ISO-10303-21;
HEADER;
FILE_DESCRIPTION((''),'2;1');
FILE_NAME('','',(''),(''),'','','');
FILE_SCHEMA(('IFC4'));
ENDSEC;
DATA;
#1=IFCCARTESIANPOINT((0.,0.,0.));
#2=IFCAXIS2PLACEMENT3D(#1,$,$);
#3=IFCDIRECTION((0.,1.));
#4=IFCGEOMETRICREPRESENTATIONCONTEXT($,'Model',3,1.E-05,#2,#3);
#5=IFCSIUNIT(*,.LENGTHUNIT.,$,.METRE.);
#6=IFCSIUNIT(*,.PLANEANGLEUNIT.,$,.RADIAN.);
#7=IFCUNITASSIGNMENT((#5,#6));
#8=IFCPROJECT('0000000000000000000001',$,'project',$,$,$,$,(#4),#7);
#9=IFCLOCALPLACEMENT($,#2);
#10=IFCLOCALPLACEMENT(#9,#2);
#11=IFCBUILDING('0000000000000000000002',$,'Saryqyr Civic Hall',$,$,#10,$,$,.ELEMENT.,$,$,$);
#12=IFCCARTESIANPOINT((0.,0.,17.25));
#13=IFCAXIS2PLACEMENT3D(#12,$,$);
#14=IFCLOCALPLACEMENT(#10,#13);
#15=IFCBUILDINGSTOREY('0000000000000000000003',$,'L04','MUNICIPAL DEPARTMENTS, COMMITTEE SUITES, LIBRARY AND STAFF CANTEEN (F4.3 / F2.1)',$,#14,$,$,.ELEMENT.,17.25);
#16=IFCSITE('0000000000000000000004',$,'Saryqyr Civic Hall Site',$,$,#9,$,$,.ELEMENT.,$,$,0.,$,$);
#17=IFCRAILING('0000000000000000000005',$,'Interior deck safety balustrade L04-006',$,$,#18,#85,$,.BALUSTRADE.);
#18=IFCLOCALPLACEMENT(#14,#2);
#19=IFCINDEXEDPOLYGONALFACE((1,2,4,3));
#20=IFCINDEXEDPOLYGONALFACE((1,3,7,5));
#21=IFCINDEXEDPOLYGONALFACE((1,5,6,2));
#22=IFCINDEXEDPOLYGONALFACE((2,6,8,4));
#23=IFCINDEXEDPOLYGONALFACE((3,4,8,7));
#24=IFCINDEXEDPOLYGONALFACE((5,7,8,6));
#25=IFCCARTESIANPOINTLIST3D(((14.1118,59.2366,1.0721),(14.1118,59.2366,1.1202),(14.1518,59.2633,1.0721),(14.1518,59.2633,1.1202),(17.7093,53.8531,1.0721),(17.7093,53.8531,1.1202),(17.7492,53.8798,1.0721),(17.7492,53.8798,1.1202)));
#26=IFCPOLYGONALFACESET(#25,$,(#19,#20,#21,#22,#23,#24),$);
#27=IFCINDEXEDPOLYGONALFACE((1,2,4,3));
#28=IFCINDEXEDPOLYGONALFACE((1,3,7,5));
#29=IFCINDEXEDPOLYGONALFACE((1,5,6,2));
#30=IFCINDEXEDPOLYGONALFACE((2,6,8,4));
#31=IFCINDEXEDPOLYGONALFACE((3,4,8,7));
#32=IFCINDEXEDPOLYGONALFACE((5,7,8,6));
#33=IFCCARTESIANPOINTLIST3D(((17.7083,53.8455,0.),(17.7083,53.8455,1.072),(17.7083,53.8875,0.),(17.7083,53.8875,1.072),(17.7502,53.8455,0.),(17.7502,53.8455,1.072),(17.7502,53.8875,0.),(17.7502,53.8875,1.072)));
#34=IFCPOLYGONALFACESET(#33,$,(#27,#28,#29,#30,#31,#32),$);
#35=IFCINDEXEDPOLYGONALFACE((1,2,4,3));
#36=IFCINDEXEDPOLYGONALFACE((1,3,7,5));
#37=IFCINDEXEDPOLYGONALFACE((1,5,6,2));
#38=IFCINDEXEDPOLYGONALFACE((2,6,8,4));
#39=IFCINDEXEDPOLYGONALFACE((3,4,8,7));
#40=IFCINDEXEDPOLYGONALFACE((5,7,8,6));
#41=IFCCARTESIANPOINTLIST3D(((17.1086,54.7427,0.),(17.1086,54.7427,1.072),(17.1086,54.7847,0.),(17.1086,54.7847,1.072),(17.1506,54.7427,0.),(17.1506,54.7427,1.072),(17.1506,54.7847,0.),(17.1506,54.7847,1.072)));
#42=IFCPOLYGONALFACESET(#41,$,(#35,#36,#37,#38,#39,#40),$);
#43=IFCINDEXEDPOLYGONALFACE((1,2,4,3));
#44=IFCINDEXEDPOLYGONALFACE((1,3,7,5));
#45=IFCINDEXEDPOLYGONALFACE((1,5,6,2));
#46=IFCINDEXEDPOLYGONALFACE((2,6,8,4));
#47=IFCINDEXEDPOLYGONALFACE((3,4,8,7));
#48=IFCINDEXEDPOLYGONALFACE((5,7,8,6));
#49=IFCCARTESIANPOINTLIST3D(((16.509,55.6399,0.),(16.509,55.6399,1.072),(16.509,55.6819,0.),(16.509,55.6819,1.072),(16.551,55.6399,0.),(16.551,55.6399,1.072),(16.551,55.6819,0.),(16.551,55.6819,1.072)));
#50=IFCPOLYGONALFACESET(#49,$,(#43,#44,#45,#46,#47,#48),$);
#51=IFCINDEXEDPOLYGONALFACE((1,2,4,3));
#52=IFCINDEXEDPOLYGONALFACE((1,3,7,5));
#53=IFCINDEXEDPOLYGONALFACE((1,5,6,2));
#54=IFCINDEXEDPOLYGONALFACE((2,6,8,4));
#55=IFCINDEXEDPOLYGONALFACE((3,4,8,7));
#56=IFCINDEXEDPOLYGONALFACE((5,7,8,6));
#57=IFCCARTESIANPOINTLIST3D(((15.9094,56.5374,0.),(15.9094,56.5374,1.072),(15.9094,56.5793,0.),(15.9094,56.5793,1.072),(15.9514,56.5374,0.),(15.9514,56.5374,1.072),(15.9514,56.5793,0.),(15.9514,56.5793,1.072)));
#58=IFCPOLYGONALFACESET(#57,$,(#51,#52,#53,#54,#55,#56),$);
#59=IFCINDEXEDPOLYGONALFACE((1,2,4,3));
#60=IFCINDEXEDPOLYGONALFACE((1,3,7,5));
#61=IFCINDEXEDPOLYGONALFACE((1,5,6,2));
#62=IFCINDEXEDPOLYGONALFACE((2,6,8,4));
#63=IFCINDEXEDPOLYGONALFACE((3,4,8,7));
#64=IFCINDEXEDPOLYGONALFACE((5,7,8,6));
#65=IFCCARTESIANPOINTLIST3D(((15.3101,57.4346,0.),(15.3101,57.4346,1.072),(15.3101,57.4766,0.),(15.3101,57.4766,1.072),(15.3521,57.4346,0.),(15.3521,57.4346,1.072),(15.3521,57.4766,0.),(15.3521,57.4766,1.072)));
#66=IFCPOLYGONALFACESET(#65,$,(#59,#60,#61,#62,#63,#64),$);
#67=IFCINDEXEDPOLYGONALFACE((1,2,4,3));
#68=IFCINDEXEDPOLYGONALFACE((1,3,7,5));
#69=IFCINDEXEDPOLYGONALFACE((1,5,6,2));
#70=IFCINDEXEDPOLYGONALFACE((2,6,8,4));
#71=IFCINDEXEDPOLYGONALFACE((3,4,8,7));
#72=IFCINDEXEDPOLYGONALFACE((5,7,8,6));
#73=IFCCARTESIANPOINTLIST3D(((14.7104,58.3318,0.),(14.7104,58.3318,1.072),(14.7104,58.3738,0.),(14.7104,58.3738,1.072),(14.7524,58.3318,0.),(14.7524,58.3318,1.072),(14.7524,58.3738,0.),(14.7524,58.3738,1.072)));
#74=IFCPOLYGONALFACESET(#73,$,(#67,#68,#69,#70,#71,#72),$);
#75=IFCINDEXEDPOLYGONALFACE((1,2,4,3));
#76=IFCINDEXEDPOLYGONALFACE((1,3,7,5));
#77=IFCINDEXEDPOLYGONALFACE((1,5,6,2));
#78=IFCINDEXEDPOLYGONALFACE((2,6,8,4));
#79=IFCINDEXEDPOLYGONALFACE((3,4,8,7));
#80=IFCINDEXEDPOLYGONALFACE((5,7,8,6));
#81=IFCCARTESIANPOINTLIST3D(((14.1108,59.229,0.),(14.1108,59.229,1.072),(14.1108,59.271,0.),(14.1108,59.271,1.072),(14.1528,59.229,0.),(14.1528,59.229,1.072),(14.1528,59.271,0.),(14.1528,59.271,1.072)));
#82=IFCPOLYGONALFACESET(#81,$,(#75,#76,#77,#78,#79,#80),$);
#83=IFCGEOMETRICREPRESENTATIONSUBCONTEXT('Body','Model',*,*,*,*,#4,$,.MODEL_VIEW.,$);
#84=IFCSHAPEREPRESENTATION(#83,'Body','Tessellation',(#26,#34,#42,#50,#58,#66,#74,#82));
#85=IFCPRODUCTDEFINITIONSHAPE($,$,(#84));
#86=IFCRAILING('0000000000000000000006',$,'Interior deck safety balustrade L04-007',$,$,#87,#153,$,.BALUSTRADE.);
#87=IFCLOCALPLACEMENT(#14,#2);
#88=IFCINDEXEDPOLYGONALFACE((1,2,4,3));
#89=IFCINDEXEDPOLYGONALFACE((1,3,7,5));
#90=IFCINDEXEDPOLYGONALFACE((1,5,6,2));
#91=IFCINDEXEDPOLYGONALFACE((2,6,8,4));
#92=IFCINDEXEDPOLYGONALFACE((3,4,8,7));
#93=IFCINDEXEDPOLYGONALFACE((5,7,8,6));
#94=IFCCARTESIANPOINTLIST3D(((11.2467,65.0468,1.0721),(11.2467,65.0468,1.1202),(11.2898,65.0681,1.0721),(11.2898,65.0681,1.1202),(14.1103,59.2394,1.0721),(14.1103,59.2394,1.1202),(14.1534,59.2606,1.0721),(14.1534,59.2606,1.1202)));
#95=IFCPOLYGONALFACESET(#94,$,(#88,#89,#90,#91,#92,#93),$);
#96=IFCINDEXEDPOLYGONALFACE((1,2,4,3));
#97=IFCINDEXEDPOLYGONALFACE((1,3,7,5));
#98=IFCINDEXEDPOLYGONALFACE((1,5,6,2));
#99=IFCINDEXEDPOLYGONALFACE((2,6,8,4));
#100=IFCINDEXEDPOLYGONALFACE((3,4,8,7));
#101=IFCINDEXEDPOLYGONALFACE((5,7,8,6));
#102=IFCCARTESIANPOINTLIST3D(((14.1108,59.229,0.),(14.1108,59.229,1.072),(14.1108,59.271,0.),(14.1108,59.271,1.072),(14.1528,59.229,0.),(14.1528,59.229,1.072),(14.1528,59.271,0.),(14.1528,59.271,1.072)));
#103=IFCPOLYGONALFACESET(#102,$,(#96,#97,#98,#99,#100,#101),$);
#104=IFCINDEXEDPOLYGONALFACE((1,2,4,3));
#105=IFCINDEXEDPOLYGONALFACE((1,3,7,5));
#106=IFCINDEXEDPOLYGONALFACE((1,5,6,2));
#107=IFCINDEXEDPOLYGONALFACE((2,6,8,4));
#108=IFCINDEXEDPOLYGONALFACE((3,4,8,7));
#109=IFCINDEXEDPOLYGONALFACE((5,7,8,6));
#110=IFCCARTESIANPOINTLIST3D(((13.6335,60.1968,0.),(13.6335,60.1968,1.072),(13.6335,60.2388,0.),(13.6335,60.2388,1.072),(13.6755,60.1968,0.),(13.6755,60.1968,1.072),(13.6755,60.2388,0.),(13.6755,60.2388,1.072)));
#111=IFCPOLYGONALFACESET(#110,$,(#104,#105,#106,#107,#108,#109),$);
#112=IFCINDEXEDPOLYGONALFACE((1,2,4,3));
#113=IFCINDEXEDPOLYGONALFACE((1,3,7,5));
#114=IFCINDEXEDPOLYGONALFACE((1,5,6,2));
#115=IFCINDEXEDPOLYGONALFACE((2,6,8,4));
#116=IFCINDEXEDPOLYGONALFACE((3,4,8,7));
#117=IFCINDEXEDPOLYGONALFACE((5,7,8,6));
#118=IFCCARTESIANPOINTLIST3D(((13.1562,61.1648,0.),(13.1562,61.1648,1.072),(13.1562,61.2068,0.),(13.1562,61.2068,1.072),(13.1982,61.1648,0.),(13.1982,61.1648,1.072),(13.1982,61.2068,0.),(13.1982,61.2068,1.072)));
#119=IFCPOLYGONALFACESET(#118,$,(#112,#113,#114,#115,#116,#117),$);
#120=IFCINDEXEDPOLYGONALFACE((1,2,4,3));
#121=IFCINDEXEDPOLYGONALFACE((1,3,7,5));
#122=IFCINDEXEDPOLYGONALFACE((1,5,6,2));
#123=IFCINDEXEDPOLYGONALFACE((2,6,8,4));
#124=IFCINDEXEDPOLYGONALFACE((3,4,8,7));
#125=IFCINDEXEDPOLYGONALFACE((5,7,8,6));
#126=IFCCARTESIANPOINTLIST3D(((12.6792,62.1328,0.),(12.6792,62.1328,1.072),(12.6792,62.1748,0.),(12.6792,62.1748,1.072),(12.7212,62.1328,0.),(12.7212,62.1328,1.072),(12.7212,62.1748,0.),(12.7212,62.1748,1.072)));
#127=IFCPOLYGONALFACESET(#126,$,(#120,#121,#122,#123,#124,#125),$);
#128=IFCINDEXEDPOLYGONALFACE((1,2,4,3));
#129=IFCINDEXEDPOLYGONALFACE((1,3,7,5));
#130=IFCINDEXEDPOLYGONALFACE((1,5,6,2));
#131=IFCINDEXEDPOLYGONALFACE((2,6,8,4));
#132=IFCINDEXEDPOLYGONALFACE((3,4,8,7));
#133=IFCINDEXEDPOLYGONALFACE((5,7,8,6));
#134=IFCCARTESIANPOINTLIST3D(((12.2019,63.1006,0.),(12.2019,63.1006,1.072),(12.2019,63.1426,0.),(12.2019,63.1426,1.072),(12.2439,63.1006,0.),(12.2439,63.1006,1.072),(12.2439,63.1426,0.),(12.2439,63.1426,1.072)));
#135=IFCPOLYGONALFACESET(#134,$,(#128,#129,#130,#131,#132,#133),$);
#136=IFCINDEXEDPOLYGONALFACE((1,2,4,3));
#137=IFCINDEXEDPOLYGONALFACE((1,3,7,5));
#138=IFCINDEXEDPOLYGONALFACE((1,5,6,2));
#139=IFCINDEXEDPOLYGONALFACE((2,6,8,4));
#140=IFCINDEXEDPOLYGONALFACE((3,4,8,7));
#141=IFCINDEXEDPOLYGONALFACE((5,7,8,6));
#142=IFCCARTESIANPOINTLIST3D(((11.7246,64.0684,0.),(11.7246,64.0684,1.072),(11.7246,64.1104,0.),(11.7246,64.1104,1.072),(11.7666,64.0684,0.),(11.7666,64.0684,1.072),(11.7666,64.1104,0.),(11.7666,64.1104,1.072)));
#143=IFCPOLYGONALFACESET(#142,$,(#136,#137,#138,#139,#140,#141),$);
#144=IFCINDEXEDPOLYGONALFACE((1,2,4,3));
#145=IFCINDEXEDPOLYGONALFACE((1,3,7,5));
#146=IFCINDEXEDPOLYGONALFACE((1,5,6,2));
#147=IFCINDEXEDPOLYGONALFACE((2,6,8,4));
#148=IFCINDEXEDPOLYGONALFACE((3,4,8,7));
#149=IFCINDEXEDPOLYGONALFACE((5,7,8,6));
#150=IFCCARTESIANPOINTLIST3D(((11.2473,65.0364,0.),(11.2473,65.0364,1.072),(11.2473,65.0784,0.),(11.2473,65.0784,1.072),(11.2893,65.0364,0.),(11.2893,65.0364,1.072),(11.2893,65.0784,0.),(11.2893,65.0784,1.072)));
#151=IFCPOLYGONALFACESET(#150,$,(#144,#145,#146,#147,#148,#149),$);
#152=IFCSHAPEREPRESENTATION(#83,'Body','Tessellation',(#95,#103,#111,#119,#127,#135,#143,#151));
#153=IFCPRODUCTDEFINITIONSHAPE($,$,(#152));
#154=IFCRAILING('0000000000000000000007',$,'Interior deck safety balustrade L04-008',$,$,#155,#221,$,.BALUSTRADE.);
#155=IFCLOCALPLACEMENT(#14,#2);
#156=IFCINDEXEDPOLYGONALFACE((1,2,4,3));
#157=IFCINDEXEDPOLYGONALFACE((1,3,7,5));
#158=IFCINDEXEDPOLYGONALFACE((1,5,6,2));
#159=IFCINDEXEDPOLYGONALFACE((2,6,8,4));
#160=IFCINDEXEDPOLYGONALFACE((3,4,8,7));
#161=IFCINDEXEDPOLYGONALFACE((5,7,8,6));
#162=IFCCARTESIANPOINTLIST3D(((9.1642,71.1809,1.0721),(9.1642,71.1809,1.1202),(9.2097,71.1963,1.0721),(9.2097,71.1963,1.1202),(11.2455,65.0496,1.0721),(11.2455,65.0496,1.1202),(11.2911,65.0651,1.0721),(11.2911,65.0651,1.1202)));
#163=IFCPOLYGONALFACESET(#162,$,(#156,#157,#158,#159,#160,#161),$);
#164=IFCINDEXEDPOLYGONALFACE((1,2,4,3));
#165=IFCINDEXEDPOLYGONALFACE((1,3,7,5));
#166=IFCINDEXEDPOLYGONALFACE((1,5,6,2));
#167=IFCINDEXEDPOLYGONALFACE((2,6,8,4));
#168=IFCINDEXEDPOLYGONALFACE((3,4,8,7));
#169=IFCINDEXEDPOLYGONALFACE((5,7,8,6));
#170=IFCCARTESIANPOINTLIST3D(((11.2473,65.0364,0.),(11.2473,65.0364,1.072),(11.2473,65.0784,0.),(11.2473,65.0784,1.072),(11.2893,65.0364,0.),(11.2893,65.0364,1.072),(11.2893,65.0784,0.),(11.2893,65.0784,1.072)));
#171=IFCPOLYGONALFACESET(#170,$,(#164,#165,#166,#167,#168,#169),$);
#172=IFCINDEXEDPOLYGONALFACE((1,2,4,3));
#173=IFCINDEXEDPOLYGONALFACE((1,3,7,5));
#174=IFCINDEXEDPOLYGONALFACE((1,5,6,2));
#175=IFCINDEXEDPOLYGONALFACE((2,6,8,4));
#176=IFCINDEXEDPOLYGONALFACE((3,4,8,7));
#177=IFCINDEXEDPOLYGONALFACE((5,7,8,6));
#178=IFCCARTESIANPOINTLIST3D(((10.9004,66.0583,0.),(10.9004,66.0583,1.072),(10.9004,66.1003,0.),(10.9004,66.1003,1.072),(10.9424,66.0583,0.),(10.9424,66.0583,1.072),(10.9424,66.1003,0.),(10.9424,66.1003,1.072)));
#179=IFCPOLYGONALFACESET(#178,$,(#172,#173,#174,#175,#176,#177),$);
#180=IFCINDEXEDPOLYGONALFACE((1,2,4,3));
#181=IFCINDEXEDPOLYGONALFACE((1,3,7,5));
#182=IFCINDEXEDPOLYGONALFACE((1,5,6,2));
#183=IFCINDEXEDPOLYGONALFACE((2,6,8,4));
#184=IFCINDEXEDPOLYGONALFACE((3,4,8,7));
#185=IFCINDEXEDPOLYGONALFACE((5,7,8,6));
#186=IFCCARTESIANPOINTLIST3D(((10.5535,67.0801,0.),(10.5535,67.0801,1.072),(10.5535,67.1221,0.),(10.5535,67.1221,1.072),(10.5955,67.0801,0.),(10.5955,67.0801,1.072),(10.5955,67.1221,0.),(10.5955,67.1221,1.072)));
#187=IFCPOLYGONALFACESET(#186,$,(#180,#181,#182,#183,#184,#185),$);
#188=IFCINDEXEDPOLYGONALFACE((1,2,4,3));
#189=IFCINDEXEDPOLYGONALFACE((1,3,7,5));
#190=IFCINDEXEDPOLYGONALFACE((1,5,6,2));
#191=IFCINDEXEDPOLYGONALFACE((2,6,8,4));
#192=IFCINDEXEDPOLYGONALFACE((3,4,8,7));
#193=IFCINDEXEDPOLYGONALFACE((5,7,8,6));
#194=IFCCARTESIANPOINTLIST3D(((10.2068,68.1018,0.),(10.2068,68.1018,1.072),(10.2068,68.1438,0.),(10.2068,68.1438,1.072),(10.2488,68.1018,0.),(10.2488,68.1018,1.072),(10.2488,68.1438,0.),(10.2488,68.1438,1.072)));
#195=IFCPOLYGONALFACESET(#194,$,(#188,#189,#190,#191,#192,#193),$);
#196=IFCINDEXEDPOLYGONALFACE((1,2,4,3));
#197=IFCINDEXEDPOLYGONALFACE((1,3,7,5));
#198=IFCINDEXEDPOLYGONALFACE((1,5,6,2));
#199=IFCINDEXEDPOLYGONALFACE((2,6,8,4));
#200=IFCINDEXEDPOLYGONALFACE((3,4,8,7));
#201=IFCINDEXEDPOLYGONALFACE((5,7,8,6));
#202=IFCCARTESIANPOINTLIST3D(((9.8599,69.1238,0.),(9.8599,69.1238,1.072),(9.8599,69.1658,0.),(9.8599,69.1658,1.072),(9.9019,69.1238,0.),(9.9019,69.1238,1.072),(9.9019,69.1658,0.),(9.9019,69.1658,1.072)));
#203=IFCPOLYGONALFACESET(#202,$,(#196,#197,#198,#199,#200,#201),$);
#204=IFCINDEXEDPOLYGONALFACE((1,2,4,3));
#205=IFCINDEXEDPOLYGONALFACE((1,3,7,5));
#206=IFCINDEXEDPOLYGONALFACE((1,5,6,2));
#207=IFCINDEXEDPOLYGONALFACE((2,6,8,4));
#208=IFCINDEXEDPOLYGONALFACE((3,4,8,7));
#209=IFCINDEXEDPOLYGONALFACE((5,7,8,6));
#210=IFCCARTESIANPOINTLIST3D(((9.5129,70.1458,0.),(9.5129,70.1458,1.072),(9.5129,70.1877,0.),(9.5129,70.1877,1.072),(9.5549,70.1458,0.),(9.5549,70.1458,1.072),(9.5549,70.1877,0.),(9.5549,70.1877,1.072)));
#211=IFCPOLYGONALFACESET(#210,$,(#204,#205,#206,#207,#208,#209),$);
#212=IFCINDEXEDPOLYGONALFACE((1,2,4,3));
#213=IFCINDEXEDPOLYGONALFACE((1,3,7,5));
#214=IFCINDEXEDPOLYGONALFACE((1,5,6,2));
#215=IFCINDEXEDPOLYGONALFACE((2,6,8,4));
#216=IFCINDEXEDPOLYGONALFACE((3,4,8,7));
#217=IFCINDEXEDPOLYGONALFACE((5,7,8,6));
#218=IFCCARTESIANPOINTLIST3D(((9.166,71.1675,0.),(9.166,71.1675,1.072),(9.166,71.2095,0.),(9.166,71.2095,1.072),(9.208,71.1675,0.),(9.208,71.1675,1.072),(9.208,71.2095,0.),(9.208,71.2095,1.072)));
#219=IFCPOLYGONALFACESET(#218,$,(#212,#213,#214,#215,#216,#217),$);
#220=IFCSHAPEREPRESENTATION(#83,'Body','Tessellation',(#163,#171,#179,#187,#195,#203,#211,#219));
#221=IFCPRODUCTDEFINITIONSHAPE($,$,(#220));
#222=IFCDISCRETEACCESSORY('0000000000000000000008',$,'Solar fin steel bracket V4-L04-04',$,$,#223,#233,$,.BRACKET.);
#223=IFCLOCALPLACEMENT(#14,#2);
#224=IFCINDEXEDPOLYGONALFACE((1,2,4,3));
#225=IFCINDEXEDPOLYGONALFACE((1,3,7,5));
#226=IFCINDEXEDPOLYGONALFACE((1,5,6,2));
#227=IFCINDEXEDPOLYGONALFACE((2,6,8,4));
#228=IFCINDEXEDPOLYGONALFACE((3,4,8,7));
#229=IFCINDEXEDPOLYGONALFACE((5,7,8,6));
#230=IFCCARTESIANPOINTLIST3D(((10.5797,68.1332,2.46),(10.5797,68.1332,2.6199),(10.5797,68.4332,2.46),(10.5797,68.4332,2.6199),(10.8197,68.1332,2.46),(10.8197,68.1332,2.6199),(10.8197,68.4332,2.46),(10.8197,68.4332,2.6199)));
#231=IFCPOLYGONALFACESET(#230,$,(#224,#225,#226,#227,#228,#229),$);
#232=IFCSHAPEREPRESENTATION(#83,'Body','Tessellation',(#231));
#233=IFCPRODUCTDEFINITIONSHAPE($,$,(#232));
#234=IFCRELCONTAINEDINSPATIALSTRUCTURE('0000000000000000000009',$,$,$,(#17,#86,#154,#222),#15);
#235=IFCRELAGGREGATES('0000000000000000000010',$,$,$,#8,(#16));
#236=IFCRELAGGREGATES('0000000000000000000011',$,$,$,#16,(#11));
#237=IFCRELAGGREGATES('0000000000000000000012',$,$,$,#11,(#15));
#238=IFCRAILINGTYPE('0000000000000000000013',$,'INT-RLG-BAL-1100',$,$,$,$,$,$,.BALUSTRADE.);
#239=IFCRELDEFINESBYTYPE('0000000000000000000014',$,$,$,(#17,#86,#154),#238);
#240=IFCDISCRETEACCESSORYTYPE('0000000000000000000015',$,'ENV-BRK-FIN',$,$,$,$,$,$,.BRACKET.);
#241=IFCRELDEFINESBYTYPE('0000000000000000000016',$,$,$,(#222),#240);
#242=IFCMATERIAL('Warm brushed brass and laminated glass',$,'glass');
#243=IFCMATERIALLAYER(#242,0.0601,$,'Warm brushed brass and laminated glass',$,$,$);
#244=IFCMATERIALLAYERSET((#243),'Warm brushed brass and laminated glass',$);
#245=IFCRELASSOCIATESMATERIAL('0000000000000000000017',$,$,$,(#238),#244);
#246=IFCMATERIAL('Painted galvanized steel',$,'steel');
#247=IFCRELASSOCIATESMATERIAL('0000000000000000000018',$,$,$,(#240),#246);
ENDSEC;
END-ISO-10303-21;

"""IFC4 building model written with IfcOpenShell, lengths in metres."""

from ifc_helpers import new_model, si_unit, direction, frame, origin, origin_2d, place, context, subcontext, project, spatial, rectangle, extrude, material, layer, layer_set, type_object, element, save


model = new_model("IFC4")

# Units and contexts
model_context = context("Model", 3, precision=1e-05, world=origin(), true_north=direction((0.0, 1.0)))
body_context = subcontext(model_context, "Body", "Model", "MODEL_VIEW")
ifc_project = project(units=[si_unit("LENGTHUNIT", "METRE"), si_unit("PLANEANGLEUNIT", "RADIAN")], contexts=[model_context])

# Site, building, storey
site_placement = place(None, origin())
site = spatial("IfcSite", under=ifc_project, at=site_placement, Name="Saryqyr Civic Hall Site", CompositionType="ELEMENT", RefElevation=0.0)
building_placement = place(site_placement, origin())
building = spatial("IfcBuilding", under=site, at=building_placement, Name="Saryqyr Civic Hall", CompositionType="ELEMENT")
storey_placement = place(building_placement, frame((0.0, 0.0, 17.25)))
storey = spatial("IfcBuildingStorey", under=building, at=storey_placement, Name="L04", Description="MUNICIPAL DEPARTMENTS, COMMITTEE SUITES, LIBRARY AND STAFF CANTEEN (F4.3 / F2.1)", CompositionType="ELEMENT", Elevation=17.25)

# Railings
ifc_material_1 = material(Name="Warm brushed brass and laminated glass", Category="glass")
ifc_layer_1 = layer(ifc_material_1, 0.0601, Name="Warm brushed brass and laminated glass")
ifc_layer_set_1 = layer_set([ifc_layer_1], Name="Warm brushed brass and laminated glass")
railing_type = type_object("IfcRailingType", Name="INT-RLG-BAL-1100", PredefinedType="BALUSTRADE", material=ifc_layer_set_1)
railing_1_placement = place(storey_placement, frame((17.7292, 53.8665, 0.0)))
element("IfcRailing", 1, at=railing_1_placement, inside=storey, type_object=railing_type, Name="Interior deck safety balustrade L04-006", PredefinedType="BALUSTRADE", context=body_context, shape_type="SweptSolid", body=[
    extrude(rectangle(XDim=0.0481, YDim=0.0481, at=origin_2d()), frame((0.0, 0.0, 1.0962), z_axis=(-0.555596, 0.831452, 0.0), x_axis=(-0.831452, -0.555596, 0.0)), (0.0, 0.0, 1.0), 6.4749),
    extrude(rectangle(XDim=0.042, YDim=0.042, at=origin_2d()), origin(), (0.0, 0.0, 1.0), 1.072),
    extrude(rectangle(XDim=0.042, YDim=0.042, at=origin_2d()), frame((-0.5996, 0.8972, 0.0)), (0.0, 0.0, 1.0), 1.072),
    extrude(rectangle(XDim=0.042, YDim=0.042, at=origin_2d()), frame((-1.1992, 1.7944, 0.0)), (0.0, 0.0, 1.0), 1.072),
    extrude(rectangle(XDim=0.042, YDim=0.042, at=origin_2d()), frame((-1.7988, 2.6919, 0.0)), (0.0, 0.0, 1.0), 1.072),
    extrude(rectangle(XDim=0.042, YDim=0.042, at=origin_2d()), frame((-2.3982, 3.5891, 0.0)), (0.0, 0.0, 1.0), 1.072),
    extrude(rectangle(XDim=0.042, YDim=0.042, at=origin_2d()), frame((-2.9978, 4.4863, 0.0)), (0.0, 0.0, 1.0), 1.072),
    extrude(rectangle(XDim=0.042, YDim=0.042, at=origin_2d()), frame((-3.5974, 5.3835, 0.0)), (0.0, 0.0, 1.0), 1.072),
])
railing_2_placement = place(storey_placement, frame((14.1318, 59.25, 0.0)))
element("IfcRailing", 2, at=railing_2_placement, inside=storey, type_object=railing_type, Name="Interior deck safety balustrade L04-007", PredefinedType="BALUSTRADE", context=body_context, shape_type="SweptSolid", body=[
    extrude(rectangle(XDim=0.0481, YDim=0.0481, at=origin_2d()), frame((0.0, 0.0, 1.0962), z_axis=(-0.442245, 0.896894, 0.0), x_axis=(-0.896894, -0.442245, 0.0)), (0.0, 0.0, 1.0), 6.4751),
    extrude(rectangle(XDim=0.042, YDim=0.042, at=origin_2d()), origin(), (0.0, 0.0, 1.0), 1.072),
    extrude(rectangle(XDim=0.042, YDim=0.042, at=origin_2d()), frame((-0.4773, 0.9678, 0.0)), (0.0, 0.0, 1.0), 1.072),
    extrude(rectangle(XDim=0.042, YDim=0.042, at=origin_2d()), frame((-0.9546, 1.9358, 0.0)), (0.0, 0.0, 1.0), 1.072),
    extrude(rectangle(XDim=0.042, YDim=0.042, at=origin_2d()), frame((-1.4316, 2.9038, 0.0)), (0.0, 0.0, 1.0), 1.072),
    extrude(rectangle(XDim=0.042, YDim=0.042, at=origin_2d()), frame((-1.9089, 3.8716, 0.0)), (0.0, 0.0, 1.0), 1.072),
    extrude(rectangle(XDim=0.042, YDim=0.042, at=origin_2d()), frame((-2.3862, 4.8394, 0.0)), (0.0, 0.0, 1.0), 1.072),
    extrude(rectangle(XDim=0.042, YDim=0.042, at=origin_2d()), frame((-2.8635, 5.8074, 0.0)), (0.0, 0.0, 1.0), 1.072),
])
railing_3_placement = place(storey_placement, frame((11.2683, 65.0574, 0.0)))
element("IfcRailing", 3, at=railing_3_placement, inside=storey, type_object=railing_type, Name="Interior deck safety balustrade L04-008", PredefinedType="BALUSTRADE", context=body_context, shape_type="SweptSolid", body=[
    extrude(rectangle(XDim=0.0481, YDim=0.0481, at=origin_2d()), frame((0.0, 0.0, 1.0962), z_axis=(-0.321449, 0.946927, 0.0), x_axis=(-0.946927, -0.321449, 0.0)), (0.0, 0.0, 1.0), 6.4749),
    extrude(rectangle(XDim=0.042, YDim=0.042, at=origin_2d()), origin(), (0.0, 0.0, 1.0), 1.072),
    extrude(rectangle(XDim=0.042, YDim=0.042, at=origin_2d()), frame((-0.3469, 1.022, 0.0)), (0.0, 0.0, 1.0), 1.072),
    extrude(rectangle(XDim=0.042, YDim=0.042, at=origin_2d()), frame((-0.6938, 2.0437, 0.0)), (0.0, 0.0, 1.0), 1.072),
    extrude(rectangle(XDim=0.042, YDim=0.042, at=origin_2d()), frame((-1.0405, 3.0654, 0.0)), (0.0, 0.0, 1.0), 1.072),
    extrude(rectangle(XDim=0.042, YDim=0.042, at=origin_2d()), frame((-1.3875, 4.0874, 0.0)), (0.0, 0.0, 1.0), 1.072),
    extrude(rectangle(XDim=0.042, YDim=0.042, at=origin_2d()), frame((-1.7344, 5.1094, 0.0)), (0.0, 0.0, 1.0), 1.072),
    extrude(rectangle(XDim=0.042, YDim=0.042, at=origin_2d()), frame((-2.0813, 6.1311, 0.0)), (0.0, 0.0, 1.0), 1.072),
])

# Discrete accessory
ifc_material_2 = material(Name="Painted galvanized steel", Category="steel")
discrete_accessory_type = type_object("IfcDiscreteAccessoryType", Name="ENV-BRK-FIN", PredefinedType="BRACKET", material=ifc_material_2)
discrete_accessory_placement = place(storey_placement, frame((10.6997, 68.2832, 2.46), z_axis=(0.0, 0.0, 1.0), x_axis=(1.0, 0.0, 0.0)))
element("IfcDiscreteAccessory", 4, at=discrete_accessory_placement, inside=storey, type_object=discrete_accessory_type, Name="Solar fin steel bracket V4-L04-04", PredefinedType="BRACKET", context=body_context, shape_type="SweptSolid", body=[
    extrude(rectangle(XDim=0.24, YDim=0.3, at=origin_2d()), origin(), (0.0, 0.0, 1.0), 0.1599),
])

save(model, "model.ifc")
